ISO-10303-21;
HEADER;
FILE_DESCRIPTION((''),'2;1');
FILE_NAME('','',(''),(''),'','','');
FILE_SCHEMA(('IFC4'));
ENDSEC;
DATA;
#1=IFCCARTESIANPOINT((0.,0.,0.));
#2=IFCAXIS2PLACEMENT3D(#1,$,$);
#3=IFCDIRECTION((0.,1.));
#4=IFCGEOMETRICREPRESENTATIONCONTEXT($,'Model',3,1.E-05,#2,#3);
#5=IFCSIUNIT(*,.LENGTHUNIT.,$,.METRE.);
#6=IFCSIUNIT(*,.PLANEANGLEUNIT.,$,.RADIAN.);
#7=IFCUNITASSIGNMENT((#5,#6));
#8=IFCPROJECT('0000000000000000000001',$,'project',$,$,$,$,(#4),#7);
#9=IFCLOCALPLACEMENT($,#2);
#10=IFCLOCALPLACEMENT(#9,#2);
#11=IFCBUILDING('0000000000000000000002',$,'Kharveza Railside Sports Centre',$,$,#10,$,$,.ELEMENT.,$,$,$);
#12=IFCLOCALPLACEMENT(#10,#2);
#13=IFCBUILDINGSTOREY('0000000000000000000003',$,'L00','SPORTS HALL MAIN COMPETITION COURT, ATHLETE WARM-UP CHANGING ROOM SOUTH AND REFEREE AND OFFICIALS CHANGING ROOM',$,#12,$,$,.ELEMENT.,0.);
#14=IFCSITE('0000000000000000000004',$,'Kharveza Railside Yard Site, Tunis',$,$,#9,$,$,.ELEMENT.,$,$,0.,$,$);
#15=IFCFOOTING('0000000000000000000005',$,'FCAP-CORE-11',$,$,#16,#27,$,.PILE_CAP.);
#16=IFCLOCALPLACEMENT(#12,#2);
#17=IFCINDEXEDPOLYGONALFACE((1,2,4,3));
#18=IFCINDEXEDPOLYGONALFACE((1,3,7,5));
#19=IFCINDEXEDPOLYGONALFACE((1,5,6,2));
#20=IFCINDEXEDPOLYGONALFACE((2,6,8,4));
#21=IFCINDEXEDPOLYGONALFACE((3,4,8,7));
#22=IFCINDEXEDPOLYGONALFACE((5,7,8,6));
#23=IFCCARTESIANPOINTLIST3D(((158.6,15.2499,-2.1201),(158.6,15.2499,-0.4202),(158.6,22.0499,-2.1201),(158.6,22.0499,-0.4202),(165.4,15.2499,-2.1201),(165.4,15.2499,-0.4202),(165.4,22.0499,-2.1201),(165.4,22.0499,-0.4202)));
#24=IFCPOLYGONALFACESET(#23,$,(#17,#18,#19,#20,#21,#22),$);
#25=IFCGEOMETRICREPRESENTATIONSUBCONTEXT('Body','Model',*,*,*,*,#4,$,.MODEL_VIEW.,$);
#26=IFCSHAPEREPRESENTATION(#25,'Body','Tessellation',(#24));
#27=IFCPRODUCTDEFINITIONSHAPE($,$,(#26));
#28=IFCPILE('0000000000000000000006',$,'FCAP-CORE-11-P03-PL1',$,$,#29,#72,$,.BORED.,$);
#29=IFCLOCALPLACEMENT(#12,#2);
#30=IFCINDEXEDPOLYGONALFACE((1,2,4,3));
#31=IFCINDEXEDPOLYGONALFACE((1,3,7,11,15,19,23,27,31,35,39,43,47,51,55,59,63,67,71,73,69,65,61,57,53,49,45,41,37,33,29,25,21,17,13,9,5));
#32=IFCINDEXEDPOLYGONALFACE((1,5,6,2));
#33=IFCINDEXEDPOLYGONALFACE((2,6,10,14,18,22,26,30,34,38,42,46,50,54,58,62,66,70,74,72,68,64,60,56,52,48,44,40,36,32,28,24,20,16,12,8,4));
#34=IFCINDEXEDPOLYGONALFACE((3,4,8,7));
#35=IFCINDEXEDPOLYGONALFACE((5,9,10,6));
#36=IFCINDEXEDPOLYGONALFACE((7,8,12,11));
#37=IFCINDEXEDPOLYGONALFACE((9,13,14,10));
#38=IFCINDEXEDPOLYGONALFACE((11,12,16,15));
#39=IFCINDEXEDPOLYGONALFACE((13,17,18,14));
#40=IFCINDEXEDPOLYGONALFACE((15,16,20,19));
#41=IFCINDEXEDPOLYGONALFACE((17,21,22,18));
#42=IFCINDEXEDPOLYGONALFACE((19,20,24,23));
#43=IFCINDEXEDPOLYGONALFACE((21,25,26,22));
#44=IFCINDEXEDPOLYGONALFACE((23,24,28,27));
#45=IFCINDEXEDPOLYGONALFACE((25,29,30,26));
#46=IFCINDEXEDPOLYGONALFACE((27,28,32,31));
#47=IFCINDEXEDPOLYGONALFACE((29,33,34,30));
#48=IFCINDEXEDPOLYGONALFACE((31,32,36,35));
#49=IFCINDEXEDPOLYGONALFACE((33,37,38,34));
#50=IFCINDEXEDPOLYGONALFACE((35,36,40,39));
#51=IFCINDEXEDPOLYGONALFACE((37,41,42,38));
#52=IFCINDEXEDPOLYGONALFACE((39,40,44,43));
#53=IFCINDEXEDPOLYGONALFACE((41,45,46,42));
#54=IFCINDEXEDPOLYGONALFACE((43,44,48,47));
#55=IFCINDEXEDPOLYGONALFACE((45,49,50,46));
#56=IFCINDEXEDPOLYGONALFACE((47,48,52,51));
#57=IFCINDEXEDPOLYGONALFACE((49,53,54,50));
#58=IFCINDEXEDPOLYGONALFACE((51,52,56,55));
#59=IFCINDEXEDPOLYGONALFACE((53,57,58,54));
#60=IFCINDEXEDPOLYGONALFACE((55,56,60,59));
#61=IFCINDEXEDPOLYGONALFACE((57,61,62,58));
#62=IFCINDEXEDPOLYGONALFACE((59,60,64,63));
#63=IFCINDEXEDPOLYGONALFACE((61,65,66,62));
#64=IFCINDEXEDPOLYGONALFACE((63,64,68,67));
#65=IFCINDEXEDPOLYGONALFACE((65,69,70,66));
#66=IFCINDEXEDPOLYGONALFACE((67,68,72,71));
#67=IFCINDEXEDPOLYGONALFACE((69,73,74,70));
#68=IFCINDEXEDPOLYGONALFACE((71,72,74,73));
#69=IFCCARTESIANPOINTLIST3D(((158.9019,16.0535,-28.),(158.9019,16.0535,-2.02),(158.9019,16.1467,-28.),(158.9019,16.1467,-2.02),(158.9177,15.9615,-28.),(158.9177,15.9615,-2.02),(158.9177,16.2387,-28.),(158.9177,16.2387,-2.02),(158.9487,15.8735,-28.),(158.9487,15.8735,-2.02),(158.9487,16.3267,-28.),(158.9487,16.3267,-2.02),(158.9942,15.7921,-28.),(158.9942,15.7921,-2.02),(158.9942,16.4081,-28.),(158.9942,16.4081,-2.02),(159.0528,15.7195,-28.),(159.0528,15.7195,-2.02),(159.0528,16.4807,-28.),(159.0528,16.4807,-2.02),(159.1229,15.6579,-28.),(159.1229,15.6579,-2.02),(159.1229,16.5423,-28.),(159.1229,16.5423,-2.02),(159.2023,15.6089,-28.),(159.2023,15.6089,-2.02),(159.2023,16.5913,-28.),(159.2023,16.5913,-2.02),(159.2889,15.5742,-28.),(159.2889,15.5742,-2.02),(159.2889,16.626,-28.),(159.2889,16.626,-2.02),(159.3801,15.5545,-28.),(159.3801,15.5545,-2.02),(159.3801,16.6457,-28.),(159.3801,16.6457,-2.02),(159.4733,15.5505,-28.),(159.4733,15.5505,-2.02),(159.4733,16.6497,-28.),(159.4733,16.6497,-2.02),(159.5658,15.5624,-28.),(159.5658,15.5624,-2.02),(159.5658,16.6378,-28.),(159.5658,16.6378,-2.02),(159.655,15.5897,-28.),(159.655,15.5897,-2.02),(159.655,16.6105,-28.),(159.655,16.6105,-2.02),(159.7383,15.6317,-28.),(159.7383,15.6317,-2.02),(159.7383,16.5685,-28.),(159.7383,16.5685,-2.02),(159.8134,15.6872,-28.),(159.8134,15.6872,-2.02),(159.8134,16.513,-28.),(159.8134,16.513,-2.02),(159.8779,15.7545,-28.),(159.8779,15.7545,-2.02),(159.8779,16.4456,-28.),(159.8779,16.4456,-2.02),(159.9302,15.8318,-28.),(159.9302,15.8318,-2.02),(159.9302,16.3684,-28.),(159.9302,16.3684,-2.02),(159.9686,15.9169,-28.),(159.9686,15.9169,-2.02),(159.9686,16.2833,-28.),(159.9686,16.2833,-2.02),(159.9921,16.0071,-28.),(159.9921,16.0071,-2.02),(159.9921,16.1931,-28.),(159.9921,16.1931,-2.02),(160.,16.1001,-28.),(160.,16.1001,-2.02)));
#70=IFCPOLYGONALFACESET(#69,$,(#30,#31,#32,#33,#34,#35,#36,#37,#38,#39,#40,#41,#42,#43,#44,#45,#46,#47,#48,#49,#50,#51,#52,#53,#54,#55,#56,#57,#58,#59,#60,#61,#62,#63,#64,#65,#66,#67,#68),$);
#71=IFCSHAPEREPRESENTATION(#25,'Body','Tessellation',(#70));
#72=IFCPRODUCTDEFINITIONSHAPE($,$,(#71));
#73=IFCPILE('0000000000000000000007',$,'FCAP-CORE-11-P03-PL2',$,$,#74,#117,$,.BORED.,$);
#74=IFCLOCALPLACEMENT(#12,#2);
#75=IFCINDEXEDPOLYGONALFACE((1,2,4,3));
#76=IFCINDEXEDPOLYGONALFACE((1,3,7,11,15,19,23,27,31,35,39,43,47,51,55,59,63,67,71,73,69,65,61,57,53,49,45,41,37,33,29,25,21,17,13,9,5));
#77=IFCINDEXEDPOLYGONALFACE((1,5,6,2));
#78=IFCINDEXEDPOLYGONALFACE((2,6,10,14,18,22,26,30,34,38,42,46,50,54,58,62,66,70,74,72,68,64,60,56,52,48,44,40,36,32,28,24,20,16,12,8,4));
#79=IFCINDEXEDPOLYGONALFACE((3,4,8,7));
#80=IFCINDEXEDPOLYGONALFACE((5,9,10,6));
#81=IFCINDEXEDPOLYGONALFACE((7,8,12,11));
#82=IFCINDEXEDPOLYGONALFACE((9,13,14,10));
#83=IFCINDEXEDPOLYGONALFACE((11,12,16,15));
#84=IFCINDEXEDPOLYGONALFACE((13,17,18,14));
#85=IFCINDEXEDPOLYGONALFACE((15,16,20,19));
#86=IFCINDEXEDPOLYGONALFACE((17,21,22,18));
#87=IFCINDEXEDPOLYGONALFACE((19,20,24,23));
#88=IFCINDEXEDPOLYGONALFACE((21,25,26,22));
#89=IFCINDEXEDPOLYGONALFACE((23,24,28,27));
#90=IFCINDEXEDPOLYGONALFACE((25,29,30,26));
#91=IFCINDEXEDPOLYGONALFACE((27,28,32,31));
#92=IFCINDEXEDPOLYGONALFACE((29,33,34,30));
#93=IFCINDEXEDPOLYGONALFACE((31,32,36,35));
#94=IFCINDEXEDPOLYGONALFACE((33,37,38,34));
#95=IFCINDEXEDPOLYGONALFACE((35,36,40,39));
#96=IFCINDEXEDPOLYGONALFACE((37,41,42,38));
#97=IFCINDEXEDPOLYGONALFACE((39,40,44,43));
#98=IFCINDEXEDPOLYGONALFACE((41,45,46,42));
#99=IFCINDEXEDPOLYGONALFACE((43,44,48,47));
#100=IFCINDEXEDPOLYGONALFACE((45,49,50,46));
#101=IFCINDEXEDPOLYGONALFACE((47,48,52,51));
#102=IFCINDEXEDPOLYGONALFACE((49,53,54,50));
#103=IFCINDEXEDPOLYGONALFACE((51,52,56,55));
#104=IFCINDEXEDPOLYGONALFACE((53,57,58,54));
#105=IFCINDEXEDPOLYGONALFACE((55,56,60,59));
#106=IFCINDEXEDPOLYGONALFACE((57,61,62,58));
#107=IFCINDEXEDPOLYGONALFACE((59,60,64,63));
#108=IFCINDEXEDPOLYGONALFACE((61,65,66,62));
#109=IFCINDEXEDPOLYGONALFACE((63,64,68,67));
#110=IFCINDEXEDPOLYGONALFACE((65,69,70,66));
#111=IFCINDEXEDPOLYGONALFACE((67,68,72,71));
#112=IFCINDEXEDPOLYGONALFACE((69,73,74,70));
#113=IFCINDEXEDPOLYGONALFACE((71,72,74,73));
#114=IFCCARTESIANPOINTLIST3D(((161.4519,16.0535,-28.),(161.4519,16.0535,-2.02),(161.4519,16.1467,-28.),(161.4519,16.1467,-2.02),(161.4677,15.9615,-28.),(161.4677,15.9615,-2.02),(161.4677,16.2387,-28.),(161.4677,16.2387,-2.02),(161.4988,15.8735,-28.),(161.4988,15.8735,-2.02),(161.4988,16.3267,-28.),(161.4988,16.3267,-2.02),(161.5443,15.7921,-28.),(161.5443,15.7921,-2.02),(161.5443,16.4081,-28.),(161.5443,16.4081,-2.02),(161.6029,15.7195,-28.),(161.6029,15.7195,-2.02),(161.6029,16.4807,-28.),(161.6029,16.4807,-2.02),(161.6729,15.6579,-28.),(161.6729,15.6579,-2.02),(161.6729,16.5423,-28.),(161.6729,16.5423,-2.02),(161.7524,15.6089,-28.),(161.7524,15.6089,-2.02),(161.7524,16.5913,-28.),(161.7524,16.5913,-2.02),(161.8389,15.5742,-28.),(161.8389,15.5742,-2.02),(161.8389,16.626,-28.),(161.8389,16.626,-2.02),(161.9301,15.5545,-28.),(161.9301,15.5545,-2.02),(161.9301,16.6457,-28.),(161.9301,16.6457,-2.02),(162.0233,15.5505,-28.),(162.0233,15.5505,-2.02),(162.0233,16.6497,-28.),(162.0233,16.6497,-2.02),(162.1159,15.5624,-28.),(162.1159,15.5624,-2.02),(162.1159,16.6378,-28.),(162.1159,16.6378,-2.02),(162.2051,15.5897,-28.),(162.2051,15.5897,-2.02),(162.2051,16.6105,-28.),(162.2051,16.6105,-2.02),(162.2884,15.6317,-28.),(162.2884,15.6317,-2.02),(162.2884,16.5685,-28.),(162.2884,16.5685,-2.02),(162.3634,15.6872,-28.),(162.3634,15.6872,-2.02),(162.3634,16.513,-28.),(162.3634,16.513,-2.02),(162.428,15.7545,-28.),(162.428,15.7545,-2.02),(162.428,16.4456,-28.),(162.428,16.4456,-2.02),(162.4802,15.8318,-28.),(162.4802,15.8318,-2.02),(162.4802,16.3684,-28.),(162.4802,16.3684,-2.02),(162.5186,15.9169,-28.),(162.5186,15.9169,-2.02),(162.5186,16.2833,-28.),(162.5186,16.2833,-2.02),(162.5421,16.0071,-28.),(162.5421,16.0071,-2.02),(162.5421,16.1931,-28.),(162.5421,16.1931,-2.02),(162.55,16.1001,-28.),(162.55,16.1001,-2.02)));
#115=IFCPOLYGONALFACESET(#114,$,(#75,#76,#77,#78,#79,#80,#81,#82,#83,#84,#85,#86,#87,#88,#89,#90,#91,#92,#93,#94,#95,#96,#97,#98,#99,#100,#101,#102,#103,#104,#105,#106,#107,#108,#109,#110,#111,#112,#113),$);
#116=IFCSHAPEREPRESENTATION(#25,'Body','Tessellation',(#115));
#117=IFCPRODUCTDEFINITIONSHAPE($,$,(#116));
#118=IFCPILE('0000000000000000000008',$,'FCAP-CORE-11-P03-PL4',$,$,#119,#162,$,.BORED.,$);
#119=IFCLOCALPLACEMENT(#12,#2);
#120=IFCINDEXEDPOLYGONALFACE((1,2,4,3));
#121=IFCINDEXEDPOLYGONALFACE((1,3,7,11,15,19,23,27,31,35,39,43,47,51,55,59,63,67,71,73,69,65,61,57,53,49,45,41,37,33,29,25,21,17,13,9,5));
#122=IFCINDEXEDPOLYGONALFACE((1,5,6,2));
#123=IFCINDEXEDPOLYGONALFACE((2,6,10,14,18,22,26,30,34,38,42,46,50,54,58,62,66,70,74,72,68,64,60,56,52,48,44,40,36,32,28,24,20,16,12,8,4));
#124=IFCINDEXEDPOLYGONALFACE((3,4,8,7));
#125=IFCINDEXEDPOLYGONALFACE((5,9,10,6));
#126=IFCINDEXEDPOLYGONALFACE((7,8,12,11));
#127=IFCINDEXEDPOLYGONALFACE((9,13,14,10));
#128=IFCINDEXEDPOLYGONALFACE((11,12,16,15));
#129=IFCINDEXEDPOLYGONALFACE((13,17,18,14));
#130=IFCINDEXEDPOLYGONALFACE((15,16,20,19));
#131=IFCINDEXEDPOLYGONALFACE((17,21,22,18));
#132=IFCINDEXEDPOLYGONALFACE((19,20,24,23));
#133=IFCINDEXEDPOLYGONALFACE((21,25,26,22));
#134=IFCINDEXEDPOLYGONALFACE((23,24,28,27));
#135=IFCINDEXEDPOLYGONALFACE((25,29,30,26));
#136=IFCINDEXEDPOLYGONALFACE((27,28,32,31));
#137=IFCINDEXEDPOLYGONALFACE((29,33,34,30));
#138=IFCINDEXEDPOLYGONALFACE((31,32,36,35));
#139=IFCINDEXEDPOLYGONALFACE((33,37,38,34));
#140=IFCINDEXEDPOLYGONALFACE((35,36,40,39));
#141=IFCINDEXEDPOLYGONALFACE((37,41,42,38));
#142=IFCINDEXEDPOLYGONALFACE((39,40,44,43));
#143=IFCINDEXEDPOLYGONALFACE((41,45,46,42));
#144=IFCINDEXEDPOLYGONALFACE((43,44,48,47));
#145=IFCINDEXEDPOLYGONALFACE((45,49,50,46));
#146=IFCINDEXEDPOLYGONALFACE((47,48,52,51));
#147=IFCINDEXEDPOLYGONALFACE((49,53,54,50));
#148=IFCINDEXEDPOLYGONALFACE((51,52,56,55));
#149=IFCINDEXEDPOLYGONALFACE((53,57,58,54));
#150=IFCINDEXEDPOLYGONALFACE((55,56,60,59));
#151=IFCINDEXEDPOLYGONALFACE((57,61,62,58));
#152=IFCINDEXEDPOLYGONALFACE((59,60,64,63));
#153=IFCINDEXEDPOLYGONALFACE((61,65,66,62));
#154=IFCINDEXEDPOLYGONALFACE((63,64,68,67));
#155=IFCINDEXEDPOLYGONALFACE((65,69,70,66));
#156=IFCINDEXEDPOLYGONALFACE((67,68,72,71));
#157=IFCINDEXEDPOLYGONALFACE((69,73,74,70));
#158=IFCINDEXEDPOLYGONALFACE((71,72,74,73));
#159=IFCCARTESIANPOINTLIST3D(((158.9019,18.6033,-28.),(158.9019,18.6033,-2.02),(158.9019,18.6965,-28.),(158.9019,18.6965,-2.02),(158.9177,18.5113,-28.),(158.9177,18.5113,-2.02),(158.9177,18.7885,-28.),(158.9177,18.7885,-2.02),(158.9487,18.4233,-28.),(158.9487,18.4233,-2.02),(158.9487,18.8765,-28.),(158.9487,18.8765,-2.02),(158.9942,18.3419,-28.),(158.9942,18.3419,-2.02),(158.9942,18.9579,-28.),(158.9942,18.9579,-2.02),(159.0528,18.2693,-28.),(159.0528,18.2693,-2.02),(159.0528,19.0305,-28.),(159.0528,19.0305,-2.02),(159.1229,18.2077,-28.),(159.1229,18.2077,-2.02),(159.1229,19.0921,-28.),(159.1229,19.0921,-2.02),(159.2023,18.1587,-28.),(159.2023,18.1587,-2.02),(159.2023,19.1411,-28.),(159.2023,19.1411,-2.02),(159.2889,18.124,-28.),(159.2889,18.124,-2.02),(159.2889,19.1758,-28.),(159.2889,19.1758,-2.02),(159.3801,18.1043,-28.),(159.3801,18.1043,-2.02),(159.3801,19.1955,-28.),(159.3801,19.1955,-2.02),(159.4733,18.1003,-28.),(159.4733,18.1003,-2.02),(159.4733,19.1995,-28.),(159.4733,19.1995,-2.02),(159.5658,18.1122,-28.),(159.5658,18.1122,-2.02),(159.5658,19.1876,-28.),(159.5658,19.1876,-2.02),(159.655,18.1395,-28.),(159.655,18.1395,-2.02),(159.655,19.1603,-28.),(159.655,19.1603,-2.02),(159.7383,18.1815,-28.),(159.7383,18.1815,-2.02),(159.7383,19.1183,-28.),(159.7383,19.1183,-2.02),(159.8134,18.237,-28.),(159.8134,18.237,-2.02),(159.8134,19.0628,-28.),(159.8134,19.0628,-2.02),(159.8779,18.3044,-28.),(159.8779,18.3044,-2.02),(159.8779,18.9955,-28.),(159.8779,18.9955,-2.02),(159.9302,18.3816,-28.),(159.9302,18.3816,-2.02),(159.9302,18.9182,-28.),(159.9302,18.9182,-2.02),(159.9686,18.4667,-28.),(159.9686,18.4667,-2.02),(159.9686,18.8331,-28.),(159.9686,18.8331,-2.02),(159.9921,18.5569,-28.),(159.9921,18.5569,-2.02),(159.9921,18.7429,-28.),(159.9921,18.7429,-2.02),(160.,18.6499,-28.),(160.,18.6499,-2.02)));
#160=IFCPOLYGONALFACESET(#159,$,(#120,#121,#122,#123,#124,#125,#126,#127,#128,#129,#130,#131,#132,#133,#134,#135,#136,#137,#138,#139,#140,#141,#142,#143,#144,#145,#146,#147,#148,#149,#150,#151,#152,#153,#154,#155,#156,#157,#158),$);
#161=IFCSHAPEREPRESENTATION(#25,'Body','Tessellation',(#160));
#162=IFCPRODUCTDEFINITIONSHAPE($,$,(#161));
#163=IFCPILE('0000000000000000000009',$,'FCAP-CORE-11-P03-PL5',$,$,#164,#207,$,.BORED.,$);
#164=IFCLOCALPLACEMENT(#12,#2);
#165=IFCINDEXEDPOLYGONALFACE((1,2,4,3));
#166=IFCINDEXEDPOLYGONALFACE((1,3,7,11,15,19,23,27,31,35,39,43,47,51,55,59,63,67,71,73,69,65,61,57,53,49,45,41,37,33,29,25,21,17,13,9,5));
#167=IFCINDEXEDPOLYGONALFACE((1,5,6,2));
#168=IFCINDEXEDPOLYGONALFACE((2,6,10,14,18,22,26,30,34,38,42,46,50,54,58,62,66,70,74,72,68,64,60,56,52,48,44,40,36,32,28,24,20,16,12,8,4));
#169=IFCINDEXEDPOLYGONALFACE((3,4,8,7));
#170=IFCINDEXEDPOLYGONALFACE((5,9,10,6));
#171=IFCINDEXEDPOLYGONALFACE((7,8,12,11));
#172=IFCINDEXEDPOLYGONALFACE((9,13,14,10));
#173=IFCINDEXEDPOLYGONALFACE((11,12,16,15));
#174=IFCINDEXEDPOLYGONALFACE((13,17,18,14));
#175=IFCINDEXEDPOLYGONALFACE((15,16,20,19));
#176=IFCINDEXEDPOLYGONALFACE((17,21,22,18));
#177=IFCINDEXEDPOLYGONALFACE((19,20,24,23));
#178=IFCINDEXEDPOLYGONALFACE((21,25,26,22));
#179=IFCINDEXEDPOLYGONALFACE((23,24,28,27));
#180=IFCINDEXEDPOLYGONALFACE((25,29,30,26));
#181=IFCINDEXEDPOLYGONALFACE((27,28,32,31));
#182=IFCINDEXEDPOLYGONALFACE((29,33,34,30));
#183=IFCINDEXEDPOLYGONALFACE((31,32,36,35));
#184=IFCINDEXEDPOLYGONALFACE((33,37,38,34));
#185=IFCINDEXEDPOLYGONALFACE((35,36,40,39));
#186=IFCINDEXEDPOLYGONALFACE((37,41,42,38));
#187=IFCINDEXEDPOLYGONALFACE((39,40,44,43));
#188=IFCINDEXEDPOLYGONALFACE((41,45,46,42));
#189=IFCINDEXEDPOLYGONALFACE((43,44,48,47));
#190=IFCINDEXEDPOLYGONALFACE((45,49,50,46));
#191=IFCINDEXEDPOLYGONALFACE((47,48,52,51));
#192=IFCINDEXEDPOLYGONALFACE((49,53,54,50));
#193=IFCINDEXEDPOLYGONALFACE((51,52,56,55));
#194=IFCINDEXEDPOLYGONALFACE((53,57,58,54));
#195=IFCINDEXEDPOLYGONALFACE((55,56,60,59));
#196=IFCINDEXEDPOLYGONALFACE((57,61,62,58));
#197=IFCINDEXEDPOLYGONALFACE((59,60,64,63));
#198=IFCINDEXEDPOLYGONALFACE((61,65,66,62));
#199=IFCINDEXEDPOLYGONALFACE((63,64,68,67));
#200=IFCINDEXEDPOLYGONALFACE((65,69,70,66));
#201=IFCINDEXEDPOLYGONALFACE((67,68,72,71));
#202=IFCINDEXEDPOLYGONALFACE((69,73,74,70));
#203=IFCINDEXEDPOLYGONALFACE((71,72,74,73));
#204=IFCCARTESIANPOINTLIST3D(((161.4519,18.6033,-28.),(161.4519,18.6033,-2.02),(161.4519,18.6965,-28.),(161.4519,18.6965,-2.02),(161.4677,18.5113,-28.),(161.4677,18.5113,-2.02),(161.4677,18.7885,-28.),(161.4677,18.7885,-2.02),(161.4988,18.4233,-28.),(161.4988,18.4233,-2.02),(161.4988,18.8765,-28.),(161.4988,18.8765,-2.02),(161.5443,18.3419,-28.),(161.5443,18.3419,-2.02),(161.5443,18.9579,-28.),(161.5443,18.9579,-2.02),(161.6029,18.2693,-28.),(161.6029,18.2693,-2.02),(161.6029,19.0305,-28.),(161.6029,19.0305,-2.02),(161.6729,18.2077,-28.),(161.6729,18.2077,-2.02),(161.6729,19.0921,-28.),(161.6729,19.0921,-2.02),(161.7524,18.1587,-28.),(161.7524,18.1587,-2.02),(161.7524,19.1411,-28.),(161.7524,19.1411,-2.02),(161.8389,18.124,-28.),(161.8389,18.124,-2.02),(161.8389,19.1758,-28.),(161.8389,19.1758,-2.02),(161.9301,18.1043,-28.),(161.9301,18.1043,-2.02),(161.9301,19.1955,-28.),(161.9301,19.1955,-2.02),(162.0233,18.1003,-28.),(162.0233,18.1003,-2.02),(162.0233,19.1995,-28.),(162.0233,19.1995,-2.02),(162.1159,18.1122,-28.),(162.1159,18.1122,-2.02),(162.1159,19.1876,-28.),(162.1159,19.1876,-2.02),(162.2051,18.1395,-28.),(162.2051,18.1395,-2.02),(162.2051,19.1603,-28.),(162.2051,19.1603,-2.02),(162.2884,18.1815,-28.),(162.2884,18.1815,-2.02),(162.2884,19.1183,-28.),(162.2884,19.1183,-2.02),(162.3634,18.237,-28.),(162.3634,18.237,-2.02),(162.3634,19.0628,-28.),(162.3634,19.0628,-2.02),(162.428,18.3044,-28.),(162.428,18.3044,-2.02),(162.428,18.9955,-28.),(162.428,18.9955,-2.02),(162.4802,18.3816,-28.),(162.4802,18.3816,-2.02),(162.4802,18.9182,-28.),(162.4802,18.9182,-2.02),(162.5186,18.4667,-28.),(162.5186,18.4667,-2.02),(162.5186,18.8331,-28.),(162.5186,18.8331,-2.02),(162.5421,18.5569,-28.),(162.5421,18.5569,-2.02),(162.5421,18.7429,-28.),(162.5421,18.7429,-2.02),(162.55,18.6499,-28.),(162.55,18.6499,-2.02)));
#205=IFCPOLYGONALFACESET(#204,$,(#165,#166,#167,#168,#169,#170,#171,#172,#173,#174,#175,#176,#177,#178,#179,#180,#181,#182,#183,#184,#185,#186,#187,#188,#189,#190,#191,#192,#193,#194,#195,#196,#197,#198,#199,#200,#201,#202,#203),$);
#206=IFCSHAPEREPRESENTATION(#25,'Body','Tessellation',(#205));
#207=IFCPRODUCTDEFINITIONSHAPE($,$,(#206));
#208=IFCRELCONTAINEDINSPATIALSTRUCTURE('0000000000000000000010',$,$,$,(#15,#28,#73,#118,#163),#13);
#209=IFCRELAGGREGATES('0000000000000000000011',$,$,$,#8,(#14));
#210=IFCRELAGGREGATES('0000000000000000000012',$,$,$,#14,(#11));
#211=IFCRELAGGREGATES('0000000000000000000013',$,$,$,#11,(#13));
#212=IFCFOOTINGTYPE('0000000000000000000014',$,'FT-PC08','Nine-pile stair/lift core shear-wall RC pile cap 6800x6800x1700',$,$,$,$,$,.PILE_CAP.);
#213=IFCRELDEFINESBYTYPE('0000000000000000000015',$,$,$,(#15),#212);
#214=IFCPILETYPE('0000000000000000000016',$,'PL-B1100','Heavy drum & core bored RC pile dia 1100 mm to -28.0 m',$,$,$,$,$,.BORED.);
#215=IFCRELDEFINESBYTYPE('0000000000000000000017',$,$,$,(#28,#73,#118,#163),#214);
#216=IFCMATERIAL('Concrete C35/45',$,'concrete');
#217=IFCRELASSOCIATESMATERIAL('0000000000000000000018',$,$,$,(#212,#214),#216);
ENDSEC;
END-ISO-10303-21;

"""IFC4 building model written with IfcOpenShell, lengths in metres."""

from ifc_helpers import new_model, si_unit, direction, frame, origin, origin_2d, place, context, subcontext, project, spatial, rectangle, circle, extrude, material, material_profile, profile_set, type_object, element, save


model = new_model("IFC4")

# Units and contexts
model_context = context("Model", 3, precision=1e-05, world=origin(), true_north=direction((0.0, 1.0)))
body_context = subcontext(model_context, "Body", "Model", "MODEL_VIEW")
ifc_project = project(units=[si_unit("LENGTHUNIT", "METRE"), si_unit("PLANEANGLEUNIT", "RADIAN")], contexts=[model_context])

# Site, building, storey
site_placement = place(None, origin())
site = spatial("IfcSite", under=ifc_project, at=site_placement, Name="Kharveza Railside Yard Site, Tunis", CompositionType="ELEMENT", RefElevation=0.0)
building_placement = place(site_placement, origin())
building = spatial("IfcBuilding", under=site, at=building_placement, Name="Kharveza Railside Sports Centre", CompositionType="ELEMENT")
storey_placement = place(building_placement, origin())
storey = spatial("IfcBuildingStorey", under=building, at=storey_placement, Name="L00", Description="SPORTS HALL MAIN COMPETITION COURT, ATHLETE WARM-UP CHANGING ROOM SOUTH AND REFEREE AND OFFICIALS CHANGING ROOM", CompositionType="ELEMENT", Elevation=0.0)

# Footing
ifc_material_1 = material(Name="Concrete C35/45", Category="concrete")
footing_type = type_object("IfcFootingType", Name="FT-PC08", Description="Nine-pile stair/lift core shear-wall RC pile cap 6800x6800x1700", PredefinedType="PILE_CAP", material=ifc_material_1)
footing_placement = place(storey_placement, frame((162.0, 18.6499, -2.1201), z_axis=(0.0, 0.0, 1.0), x_axis=(1.0, 0.0, 0.0)))
element("IfcFooting", 1, at=footing_placement, inside=storey, type_object=footing_type, Name="FCAP-CORE-11", PredefinedType="PILE_CAP", context=body_context, shape_type="SweptSolid", body=[
    extrude(rectangle(XDim=6.8, YDim=6.8, at=origin_2d()), origin(), (0.0, 0.0, 1.0), 1.7),
])

# Piles
ifc_material_profile_1 = material_profile(ifc_material_1, circle(Radius=0.55, at=origin_2d()), Name="PILE D1100")
ifc_profile_set_1 = profile_set([ifc_material_profile_1], Name="Concrete C35/45")
pile_type = type_object("IfcPileType", Name="PL-B1100", Description="Heavy drum & core bored RC pile dia 1100 mm to -28.0 m", PredefinedType="BORED", material=ifc_profile_set_1)
for number, where, z_axis, x_axis, name in (
    (2, (159.45, 16.1001, -2.02), (0.0, 0.0, -1.0), (1.0, 0.0, 0.0), "FCAP-CORE-11-P03-PL1"),
    (3, (162.0, 16.1001, -2.02), (0.0, 0.0, -1.0), (1.0, 0.0, 0.0), "FCAP-CORE-11-P03-PL2"),
    (4, (159.45, 18.6499, -2.02), (0.0, 0.0, -1.0), (1.0, 0.0, 0.0), "FCAP-CORE-11-P03-PL4"),
    (5, (162.0, 18.6499, -2.02), (0.0, 0.0, -1.0), (1.0, 0.0, 0.0), "FCAP-CORE-11-P03-PL5"),
):
    element("IfcPile", number, at=place(storey_placement, frame(where, z_axis=z_axis, x_axis=x_axis)), inside=storey, type_object=pile_type, Name=name, PredefinedType="BORED", context=body_context, shape_type="SweptSolid", body=[
        extrude(circle(Radius=0.55, at=origin_2d()), origin(), (0.0, 0.0, 1.0), 25.98),
    ])

save(model, "model.ifc")
